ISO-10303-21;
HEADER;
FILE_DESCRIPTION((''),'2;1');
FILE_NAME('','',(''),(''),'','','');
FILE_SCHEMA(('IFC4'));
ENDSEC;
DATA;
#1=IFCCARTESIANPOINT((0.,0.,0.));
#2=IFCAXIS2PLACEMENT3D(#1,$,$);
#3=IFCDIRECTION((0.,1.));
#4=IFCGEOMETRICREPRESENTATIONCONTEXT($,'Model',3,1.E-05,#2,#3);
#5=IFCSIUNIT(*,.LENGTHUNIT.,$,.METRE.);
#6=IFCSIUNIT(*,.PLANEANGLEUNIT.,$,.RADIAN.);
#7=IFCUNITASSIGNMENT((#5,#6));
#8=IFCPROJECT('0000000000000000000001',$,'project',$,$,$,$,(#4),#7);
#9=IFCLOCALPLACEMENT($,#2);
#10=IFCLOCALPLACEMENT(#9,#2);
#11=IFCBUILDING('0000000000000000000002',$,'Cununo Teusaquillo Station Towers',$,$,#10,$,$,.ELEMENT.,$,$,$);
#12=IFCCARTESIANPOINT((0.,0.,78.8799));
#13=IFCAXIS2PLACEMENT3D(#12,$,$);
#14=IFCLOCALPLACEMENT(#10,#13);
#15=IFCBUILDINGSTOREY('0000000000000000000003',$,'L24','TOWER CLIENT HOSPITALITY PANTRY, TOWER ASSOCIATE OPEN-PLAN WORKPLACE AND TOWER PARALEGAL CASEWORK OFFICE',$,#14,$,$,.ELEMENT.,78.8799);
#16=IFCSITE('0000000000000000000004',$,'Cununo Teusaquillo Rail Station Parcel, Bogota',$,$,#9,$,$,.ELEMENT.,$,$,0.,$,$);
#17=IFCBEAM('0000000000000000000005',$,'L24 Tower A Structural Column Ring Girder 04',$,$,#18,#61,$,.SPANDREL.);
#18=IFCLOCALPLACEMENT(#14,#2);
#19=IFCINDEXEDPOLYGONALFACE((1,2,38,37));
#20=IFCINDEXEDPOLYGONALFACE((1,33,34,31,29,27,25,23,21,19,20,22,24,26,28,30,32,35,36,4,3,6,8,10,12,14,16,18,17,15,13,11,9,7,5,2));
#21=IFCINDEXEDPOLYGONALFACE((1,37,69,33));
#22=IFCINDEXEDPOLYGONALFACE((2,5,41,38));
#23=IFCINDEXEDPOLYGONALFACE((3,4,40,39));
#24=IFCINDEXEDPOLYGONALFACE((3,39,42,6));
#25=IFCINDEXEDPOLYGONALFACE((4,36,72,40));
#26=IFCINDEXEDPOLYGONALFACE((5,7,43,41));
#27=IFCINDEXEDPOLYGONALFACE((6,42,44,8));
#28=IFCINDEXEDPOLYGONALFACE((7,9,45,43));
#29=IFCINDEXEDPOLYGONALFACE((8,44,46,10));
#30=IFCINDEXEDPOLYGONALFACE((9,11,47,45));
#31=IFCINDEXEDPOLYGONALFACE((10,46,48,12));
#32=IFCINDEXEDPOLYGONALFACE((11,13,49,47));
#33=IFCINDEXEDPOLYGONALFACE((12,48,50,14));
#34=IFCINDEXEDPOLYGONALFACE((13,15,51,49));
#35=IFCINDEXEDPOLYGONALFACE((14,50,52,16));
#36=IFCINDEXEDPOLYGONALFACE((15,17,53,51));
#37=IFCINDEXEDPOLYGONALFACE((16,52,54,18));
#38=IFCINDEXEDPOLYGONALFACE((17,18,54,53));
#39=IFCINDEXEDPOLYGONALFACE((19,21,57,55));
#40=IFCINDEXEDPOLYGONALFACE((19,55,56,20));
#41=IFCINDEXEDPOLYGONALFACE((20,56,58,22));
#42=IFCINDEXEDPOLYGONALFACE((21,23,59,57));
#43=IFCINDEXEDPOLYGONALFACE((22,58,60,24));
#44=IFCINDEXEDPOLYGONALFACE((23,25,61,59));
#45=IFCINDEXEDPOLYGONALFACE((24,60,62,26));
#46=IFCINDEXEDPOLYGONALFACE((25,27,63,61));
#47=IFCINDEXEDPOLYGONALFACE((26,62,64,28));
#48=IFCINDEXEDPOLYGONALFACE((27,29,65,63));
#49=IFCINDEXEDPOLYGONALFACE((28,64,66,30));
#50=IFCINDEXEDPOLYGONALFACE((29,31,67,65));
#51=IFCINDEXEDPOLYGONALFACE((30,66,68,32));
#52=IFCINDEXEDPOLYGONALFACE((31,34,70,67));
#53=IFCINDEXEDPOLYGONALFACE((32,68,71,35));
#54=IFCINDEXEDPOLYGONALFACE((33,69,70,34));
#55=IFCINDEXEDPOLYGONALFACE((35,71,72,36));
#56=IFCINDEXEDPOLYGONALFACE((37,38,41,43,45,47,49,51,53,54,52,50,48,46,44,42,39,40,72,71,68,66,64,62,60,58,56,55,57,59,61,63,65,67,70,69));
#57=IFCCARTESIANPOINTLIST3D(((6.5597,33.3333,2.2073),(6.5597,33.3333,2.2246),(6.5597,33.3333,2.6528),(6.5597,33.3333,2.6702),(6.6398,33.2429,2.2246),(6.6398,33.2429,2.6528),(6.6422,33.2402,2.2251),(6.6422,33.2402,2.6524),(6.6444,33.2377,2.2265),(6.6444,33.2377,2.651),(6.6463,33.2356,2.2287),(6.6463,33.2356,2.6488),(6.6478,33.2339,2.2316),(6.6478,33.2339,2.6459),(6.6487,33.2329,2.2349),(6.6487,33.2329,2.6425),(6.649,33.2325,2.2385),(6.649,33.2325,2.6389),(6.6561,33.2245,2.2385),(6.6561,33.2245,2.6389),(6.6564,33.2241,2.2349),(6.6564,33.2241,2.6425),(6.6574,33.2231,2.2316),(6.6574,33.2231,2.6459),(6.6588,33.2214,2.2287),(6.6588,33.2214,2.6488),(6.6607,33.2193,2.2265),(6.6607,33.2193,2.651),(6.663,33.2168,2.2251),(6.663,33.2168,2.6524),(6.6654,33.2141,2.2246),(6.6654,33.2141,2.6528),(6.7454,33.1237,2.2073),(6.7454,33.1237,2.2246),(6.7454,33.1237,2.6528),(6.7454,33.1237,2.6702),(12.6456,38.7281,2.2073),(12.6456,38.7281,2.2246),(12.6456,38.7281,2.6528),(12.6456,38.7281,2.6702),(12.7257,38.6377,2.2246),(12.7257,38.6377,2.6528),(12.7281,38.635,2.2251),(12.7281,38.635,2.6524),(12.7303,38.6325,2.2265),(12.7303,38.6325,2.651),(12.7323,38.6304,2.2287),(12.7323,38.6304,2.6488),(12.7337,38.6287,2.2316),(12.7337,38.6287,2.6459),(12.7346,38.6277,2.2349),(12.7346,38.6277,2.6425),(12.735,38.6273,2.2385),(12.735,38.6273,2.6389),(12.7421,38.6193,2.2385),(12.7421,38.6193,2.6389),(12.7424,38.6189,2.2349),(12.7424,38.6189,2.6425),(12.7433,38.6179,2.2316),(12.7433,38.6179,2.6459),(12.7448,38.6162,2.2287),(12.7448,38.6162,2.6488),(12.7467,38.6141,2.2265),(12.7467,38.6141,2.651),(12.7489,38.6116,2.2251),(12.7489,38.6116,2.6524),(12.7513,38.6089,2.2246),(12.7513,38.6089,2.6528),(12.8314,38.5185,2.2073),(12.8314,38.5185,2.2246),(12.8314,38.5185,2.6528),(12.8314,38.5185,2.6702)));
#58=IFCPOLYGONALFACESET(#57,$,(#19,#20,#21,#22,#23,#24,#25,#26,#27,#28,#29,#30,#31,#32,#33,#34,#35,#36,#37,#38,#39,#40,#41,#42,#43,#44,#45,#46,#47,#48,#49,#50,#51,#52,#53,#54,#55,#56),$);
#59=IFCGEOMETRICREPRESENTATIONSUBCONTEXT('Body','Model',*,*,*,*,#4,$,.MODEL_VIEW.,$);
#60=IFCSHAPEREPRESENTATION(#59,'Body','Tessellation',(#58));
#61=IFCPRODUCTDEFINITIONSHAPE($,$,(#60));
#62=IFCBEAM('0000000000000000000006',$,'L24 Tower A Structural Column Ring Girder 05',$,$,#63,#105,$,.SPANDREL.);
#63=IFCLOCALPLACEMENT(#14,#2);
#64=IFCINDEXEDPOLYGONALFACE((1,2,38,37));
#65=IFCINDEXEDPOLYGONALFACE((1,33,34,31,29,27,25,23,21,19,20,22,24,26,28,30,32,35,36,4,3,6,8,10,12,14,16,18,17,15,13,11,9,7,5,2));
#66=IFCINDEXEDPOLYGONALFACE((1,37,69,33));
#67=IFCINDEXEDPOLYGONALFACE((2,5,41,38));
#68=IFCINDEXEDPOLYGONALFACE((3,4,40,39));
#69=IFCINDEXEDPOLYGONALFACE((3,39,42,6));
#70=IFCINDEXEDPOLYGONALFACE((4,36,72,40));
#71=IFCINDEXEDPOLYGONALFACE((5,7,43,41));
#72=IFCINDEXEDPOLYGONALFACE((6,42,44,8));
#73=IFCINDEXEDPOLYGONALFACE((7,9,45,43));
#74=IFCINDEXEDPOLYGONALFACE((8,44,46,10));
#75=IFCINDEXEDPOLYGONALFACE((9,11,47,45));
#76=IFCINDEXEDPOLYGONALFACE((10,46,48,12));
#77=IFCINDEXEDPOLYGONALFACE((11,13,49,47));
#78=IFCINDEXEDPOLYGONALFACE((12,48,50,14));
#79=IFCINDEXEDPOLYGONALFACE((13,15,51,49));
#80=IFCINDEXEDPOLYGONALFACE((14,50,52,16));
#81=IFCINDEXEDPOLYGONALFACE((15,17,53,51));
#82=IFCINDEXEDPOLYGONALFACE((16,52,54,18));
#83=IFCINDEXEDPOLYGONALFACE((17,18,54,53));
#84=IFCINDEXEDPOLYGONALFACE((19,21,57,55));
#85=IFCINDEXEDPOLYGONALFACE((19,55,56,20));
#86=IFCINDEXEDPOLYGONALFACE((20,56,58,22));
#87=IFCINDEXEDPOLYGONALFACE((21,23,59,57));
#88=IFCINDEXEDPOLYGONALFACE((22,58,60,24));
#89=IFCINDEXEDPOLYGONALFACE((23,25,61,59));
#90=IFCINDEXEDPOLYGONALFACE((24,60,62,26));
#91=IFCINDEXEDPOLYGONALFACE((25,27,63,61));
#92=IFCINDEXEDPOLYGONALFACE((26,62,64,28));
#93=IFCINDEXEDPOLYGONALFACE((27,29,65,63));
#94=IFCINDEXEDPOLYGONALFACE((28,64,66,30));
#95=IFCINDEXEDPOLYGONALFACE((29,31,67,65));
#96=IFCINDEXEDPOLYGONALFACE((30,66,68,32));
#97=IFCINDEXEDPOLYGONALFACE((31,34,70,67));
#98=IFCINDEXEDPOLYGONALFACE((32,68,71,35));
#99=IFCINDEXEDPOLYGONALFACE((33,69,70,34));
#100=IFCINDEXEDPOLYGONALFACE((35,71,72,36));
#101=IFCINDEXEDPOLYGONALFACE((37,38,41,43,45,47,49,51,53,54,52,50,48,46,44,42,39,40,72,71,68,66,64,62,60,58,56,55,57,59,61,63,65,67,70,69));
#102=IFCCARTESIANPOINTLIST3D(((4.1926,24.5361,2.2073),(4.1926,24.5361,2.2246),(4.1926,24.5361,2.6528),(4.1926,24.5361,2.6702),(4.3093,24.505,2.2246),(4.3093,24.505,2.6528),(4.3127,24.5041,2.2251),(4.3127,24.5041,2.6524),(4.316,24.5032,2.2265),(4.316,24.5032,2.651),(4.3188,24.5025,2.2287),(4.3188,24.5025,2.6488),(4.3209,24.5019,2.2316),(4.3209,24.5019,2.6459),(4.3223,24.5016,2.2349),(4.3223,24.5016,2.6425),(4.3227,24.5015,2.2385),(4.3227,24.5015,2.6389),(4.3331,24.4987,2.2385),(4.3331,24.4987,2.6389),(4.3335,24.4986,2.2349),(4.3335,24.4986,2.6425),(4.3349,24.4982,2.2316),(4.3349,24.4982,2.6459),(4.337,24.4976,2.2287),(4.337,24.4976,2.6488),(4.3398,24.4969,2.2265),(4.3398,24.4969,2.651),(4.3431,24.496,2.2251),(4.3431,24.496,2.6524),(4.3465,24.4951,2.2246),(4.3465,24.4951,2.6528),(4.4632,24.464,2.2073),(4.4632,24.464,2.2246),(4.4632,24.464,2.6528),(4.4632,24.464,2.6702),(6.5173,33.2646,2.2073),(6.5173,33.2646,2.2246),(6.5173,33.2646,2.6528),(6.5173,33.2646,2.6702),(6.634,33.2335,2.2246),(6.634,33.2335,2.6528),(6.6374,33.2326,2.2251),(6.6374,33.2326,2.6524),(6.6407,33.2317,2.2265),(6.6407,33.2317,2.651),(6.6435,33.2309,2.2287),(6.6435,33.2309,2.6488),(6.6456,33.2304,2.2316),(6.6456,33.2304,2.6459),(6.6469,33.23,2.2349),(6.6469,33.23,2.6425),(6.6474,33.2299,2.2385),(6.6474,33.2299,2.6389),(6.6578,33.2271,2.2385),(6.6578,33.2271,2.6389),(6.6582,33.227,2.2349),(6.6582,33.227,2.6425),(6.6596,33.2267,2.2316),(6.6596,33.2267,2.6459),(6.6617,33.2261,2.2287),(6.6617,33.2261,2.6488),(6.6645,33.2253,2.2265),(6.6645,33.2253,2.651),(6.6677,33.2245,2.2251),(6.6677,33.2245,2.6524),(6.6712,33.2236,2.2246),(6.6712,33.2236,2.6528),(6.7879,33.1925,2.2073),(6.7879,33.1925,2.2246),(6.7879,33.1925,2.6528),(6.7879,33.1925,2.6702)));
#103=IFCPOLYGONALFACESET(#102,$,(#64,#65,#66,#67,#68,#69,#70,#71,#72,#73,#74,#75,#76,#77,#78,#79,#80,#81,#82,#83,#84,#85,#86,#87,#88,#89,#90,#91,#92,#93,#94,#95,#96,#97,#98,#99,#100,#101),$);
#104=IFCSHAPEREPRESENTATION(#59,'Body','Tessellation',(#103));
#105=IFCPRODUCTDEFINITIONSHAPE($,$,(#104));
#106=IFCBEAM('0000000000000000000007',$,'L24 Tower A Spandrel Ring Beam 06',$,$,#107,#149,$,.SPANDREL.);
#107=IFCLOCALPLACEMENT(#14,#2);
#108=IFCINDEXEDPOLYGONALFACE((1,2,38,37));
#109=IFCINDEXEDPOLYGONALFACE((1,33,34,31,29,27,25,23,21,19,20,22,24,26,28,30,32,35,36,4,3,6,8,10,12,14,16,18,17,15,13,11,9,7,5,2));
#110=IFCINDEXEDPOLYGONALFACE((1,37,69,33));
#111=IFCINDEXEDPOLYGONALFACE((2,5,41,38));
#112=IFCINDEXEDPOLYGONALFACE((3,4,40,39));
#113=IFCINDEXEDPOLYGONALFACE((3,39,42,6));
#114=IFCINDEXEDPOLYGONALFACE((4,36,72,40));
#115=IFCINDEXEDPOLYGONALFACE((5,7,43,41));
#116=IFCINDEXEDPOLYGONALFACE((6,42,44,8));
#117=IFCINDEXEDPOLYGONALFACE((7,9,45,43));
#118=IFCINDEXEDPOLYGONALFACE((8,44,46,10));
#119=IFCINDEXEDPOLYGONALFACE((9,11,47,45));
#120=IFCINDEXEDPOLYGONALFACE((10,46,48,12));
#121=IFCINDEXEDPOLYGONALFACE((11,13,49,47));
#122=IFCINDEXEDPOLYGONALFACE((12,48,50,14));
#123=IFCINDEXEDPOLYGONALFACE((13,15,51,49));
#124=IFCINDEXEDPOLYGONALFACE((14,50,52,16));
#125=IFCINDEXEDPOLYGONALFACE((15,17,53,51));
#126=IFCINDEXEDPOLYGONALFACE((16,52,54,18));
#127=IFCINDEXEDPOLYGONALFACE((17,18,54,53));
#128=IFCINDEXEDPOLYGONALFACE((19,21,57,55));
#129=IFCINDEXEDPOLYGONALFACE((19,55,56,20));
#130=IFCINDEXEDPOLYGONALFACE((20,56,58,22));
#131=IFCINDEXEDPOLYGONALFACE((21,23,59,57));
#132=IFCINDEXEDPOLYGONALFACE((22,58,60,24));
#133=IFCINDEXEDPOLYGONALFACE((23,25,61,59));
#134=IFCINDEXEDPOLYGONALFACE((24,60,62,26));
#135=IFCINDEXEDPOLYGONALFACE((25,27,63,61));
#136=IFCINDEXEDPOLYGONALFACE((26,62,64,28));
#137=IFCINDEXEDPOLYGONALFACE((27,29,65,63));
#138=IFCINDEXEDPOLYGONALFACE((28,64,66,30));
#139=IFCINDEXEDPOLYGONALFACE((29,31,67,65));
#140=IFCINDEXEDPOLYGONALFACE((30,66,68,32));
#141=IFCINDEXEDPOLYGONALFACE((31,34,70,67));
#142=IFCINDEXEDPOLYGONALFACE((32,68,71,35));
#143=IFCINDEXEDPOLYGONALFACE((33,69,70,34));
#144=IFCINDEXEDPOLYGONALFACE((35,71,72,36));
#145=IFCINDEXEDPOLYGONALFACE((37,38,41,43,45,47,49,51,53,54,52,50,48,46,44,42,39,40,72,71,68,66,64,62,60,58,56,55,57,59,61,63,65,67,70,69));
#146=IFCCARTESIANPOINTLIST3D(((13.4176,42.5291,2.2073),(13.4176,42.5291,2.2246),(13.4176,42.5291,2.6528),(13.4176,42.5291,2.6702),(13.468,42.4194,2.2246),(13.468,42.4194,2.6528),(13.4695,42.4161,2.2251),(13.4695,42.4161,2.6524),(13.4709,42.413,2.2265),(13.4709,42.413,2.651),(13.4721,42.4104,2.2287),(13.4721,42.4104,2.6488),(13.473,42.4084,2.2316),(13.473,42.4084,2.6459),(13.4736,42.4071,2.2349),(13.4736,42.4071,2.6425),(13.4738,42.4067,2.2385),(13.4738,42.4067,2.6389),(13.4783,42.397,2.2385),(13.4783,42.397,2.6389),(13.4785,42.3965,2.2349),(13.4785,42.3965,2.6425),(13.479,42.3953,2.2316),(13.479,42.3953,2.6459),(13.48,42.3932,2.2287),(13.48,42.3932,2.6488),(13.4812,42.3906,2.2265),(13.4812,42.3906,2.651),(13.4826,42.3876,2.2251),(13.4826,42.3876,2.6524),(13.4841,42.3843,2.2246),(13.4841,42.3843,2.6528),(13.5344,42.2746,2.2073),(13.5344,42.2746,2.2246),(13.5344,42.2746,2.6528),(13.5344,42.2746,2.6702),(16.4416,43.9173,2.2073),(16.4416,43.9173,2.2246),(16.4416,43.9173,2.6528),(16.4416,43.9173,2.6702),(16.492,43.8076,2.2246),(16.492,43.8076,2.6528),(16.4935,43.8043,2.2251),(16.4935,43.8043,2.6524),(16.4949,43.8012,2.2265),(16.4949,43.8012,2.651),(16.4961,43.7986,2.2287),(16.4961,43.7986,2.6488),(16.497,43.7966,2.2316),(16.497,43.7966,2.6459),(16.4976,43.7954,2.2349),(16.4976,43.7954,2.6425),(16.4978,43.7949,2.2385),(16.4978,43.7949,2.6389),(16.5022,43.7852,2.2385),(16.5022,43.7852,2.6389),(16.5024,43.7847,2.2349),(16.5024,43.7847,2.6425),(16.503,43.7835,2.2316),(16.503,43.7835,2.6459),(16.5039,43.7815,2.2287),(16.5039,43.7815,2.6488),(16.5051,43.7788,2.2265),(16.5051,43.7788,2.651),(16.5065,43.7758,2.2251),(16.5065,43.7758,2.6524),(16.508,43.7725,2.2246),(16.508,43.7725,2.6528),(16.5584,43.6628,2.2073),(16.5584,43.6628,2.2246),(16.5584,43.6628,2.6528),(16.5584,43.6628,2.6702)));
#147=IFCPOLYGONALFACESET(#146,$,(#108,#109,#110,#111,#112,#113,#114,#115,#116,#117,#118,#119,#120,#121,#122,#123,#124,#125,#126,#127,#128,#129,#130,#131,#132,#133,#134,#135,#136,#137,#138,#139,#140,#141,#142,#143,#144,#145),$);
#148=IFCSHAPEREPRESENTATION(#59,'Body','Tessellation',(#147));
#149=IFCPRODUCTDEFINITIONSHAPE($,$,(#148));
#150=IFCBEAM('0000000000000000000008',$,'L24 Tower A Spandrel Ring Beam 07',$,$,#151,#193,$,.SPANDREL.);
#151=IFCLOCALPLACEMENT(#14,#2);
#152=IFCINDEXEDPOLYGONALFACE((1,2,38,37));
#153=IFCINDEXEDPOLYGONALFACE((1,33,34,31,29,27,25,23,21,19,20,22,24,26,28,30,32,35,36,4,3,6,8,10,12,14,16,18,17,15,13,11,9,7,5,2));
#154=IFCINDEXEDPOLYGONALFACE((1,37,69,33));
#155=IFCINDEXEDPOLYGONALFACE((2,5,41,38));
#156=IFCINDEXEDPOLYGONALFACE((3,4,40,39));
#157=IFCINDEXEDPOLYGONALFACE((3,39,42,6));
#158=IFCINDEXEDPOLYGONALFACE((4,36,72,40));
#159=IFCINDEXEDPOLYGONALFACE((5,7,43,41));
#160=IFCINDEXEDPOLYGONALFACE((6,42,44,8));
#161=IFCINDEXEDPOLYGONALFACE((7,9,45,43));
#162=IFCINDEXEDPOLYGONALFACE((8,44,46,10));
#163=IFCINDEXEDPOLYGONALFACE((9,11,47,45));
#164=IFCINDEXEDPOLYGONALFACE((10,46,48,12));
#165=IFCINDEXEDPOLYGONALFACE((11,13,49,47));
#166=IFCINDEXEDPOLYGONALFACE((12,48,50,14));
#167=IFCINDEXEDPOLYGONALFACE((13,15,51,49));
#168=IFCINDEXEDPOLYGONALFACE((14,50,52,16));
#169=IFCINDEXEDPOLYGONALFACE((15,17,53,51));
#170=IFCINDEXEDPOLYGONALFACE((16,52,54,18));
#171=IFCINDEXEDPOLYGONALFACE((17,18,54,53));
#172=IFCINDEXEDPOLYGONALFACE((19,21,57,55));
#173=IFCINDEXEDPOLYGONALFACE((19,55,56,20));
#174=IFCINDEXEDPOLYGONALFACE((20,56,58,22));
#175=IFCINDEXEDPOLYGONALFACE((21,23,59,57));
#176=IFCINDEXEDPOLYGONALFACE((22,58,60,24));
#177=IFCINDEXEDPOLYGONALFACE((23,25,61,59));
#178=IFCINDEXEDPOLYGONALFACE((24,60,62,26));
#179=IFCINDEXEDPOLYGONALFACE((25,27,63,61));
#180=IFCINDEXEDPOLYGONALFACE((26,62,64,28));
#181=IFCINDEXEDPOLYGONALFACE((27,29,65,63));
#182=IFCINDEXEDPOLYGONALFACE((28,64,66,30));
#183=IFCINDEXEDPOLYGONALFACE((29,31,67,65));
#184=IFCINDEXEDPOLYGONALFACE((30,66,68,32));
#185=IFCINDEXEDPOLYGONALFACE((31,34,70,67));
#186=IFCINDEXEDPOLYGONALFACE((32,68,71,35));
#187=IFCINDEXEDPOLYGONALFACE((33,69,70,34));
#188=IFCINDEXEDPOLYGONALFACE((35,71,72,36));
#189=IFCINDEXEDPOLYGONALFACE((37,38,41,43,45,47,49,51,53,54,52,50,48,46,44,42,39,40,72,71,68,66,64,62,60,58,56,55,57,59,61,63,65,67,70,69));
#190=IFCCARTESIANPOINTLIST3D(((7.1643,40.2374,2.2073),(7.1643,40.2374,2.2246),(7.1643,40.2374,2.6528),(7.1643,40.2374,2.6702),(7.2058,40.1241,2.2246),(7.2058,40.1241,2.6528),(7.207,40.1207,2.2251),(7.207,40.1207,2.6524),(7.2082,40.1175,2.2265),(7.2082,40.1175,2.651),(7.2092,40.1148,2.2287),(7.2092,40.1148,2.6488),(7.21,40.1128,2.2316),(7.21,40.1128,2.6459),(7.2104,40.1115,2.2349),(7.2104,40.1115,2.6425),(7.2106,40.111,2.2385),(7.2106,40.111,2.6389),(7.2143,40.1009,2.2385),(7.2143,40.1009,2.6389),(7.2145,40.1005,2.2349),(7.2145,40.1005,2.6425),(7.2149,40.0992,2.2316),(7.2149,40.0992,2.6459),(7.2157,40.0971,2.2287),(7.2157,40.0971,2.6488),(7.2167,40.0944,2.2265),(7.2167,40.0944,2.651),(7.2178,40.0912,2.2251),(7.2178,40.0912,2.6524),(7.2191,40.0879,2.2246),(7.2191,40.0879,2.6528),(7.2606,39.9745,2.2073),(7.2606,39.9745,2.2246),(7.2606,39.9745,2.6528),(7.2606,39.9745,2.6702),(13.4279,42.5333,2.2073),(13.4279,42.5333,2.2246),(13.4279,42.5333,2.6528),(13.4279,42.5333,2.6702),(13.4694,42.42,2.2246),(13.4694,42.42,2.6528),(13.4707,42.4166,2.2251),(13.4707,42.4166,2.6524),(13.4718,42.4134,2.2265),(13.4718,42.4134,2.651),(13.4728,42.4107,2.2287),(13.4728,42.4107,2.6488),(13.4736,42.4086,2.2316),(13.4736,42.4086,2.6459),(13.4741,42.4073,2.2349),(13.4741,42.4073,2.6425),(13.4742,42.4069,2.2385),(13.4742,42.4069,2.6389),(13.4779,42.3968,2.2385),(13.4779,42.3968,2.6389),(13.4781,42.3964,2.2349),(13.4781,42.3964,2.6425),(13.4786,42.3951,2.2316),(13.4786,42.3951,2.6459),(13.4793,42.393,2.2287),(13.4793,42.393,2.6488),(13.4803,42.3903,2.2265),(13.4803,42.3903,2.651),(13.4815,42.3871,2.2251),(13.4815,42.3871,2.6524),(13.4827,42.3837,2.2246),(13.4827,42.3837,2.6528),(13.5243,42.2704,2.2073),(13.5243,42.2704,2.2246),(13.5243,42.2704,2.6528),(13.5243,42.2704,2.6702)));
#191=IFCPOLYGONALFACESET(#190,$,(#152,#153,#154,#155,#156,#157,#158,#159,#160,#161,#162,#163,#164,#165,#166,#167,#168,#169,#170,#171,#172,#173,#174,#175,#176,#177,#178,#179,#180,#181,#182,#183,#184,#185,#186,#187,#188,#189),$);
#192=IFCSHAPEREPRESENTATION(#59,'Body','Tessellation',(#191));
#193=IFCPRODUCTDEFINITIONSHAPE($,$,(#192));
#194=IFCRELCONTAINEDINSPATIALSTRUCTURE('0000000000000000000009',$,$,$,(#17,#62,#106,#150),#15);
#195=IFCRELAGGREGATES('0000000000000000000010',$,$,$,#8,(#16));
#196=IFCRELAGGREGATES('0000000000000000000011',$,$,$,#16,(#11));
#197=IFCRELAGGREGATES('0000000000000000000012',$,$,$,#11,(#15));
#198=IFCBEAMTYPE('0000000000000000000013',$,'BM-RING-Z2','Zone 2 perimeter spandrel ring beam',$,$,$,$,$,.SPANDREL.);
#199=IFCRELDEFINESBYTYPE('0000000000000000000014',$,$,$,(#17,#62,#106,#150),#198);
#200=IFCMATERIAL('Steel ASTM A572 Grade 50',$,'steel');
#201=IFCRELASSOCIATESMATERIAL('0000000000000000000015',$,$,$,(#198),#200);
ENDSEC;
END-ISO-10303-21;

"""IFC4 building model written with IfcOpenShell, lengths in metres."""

from ifc_helpers import new_model, si_unit, direction, frame, origin, origin_2d, place, context, subcontext, project, spatial, i_section, extrude, material, material_profile, profile_set, type_object, element, save


model = new_model("IFC4")

# Units and contexts
model_context = context("Model", 3, precision=1e-05, world=origin(), true_north=direction((0.0, 1.0)))
body_context = subcontext(model_context, "Body", "Model", "MODEL_VIEW")
ifc_project = project(units=[si_unit("LENGTHUNIT", "METRE"), si_unit("PLANEANGLEUNIT", "RADIAN")], contexts=[model_context])

# Site, building, storey
site_placement = place(None, origin())
site = spatial("IfcSite", under=ifc_project, at=site_placement, Name="Cununo Teusaquillo Rail Station Parcel, Bogota", CompositionType="ELEMENT", RefElevation=0.0)
building_placement = place(site_placement, origin())
building = spatial("IfcBuilding", under=site, at=building_placement, Name="Cununo Teusaquillo Station Towers", CompositionType="ELEMENT")
storey_placement = place(building_placement, frame((0.0, 0.0, 78.8799)))
storey = spatial("IfcBuildingStorey", under=building, at=storey_placement, Name="L24", Description="TOWER CLIENT HOSPITALITY PANTRY, TOWER ASSOCIATE OPEN-PLAN WORKPLACE AND TOWER PARALEGAL CASEWORK OFFICE", CompositionType="ELEMENT", Elevation=78.8799)

# Beams
ifc_material_1 = material(Name="Steel ASTM A572 Grade 50", Category="steel")
ifc_material_profile_1 = material_profile(ifc_material_1, i_section(OverallWidth=0.28, OverallDepth=0.4629, WebThickness=0.0107, FlangeThickness=0.0173, FilletRadius=0.0139, at=origin_2d()), Name="W18X76")
ifc_profile_set_1 = profile_set([ifc_material_profile_1], Name="Steel ASTM A572 Grade 50")
beam_type_1 = type_object("IfcBeamType", Name="BM-RING-Z2", Description="Zone 2 perimeter spandrel ring beam", PredefinedType="SPANDREL", material=ifc_profile_set_1)
beam_1_placement = place(storey_placement, frame((12.7385, 38.6233, 2.4387), z_axis=(-0.748321, -0.663337, 0.0), x_axis=(0.663337, -0.748321, 0.0)))
element("IfcBeam", 1, at=beam_1_placement, inside=storey, type_object=beam_type_1, Name="L24 Tower A Structural Column Ring Girder 04", PredefinedType="SPANDREL", context=body_context, shape_type="SweptSolid", body=[
    extrude(i_section(OverallWidth=0.28, OverallDepth=0.4629, WebThickness=0.0107, FlangeThickness=0.0173, FilletRadius=0.0139, at=origin_2d()), origin(), (0.0, 0.0, 1.0), 8.1328),
])
beam_2_placement = place(storey_placement, frame((6.6526, 33.2285, 2.4387), z_axis=(-0.257363, -0.966315, 0.0), x_axis=(0.966315, -0.257363, 0.0)))
element("IfcBeam", 2, at=beam_2_placement, inside=storey, type_object=beam_type_1, Name="L24 Tower A Structural Column Ring Girder 05", PredefinedType="SPANDREL", context=body_context, shape_type="SweptSolid", body=[
    extrude(i_section(OverallWidth=0.28, OverallDepth=0.4629, WebThickness=0.0107, FlangeThickness=0.0173, FilletRadius=0.0139, at=origin_2d()), origin(), (0.0, 0.0, 1.0), 9.0327),
])
beam_3_placement = place(storey_placement, frame((16.5, 43.79, 2.4387), z_axis=(-0.908812, -0.417205, 0.0), x_axis=(0.417205, -0.908812, 0.0)))
element("IfcBeam", 3, at=beam_3_placement, inside=storey, type_object=beam_type_1, Name="L24 Tower A Spandrel Ring Beam 06", PredefinedType="SPANDREL", context=body_context, shape_type="SweptSolid", body=[
    extrude(i_section(OverallWidth=0.28, OverallDepth=0.4629, WebThickness=0.0107, FlangeThickness=0.0173, FilletRadius=0.0139, at=origin_2d()), origin(), (0.0, 0.0, 1.0), 3.3274),
])
beam_4_placement = place(storey_placement, frame((13.4761, 42.4019, 2.4387), z_axis=(-0.938914, -0.344151, 0.0), x_axis=(0.344151, -0.938914, 0.0)))
element("IfcBeam", 4, at=beam_4_placement, inside=storey, type_object=beam_type_1, Name="L24 Tower A Spandrel Ring Beam 07", PredefinedType="SPANDREL", context=body_context, shape_type="SweptSolid", body=[
    extrude(i_section(OverallWidth=0.28, OverallDepth=0.4629, WebThickness=0.0107, FlangeThickness=0.0173, FilletRadius=0.0139, at=origin_2d()), origin(), (0.0, 0.0, 1.0), 6.6711),
])

save(model, "model.ifc")
